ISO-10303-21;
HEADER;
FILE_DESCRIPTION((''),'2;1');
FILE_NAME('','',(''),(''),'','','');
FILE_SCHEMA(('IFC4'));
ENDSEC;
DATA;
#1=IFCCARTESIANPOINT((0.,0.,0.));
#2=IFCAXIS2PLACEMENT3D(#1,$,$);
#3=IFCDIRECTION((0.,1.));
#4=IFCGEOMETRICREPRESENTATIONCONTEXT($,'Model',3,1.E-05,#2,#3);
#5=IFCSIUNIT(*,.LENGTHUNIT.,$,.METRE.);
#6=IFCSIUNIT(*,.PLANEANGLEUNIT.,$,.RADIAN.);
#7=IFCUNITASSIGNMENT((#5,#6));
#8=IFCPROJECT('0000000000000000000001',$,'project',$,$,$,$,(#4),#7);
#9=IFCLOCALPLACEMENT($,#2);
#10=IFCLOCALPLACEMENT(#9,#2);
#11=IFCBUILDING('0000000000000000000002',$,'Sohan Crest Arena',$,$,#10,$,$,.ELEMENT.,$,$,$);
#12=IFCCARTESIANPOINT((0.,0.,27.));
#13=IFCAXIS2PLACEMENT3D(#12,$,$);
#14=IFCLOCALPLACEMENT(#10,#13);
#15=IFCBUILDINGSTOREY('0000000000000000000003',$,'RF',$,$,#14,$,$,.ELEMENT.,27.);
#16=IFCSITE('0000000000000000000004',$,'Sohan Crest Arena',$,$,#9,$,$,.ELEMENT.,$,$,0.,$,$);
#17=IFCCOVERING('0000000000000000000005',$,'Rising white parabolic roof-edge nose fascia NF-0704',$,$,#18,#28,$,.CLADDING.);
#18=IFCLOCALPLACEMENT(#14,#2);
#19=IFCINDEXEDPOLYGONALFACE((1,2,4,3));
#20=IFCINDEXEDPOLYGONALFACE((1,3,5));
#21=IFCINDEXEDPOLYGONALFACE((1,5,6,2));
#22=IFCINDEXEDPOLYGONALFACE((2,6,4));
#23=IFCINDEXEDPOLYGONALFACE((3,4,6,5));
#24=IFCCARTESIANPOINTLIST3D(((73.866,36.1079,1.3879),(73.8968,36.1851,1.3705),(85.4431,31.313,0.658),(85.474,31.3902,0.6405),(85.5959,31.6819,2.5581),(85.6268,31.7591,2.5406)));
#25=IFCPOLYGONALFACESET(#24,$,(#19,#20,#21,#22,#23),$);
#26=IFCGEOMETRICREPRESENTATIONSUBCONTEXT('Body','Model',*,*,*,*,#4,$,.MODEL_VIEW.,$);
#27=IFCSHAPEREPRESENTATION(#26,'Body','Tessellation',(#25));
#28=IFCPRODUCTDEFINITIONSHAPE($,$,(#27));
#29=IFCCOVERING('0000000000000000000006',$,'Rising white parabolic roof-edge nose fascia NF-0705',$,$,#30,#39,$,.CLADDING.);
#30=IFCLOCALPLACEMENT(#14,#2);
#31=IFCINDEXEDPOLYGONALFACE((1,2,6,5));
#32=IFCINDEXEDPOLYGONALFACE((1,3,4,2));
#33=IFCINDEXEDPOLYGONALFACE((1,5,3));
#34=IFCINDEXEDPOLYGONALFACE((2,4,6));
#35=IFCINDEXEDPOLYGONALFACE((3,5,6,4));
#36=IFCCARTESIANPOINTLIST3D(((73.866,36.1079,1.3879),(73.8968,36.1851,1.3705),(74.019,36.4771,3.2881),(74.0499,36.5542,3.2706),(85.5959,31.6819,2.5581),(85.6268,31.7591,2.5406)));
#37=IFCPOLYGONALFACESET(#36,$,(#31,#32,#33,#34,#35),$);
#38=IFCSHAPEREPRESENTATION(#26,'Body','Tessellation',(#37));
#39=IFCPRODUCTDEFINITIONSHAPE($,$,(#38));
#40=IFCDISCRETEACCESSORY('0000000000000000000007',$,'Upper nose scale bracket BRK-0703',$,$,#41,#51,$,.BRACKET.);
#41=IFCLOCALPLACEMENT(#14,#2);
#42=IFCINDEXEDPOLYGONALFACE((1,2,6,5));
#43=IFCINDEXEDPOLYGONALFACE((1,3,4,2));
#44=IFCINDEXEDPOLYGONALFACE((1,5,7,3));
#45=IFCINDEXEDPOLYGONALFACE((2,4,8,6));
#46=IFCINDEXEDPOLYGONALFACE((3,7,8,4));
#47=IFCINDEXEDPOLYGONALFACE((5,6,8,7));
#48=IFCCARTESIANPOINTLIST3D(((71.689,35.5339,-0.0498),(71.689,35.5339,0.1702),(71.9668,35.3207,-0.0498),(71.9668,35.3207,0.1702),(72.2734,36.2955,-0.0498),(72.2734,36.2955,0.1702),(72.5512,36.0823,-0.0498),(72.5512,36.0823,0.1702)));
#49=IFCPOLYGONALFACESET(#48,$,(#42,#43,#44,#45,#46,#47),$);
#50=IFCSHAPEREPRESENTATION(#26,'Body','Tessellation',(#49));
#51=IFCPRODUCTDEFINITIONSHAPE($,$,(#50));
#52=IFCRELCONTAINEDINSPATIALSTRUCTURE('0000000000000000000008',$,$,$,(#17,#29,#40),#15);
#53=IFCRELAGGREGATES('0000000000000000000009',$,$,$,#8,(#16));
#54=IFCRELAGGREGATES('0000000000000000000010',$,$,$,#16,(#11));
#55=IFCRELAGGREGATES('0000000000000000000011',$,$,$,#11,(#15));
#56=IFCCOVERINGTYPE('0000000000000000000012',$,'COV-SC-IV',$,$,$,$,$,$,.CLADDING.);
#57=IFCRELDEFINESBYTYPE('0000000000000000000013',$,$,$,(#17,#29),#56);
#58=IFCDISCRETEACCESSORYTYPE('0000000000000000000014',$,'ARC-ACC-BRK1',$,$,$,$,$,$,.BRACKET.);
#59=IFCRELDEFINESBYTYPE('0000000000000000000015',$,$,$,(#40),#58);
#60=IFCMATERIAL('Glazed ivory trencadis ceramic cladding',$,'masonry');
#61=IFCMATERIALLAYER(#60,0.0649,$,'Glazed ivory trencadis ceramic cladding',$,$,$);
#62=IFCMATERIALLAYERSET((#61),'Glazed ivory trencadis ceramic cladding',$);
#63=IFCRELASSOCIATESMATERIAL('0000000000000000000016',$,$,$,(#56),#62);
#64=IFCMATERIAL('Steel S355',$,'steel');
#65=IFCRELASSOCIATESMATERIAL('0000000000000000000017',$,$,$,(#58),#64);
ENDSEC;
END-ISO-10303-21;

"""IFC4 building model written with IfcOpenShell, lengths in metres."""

from ifc_helpers import new_model, si_unit, direction, frame, origin, origin_2d, place, context, subcontext, project, spatial, polyline, rectangle, outline, extrude, material, layer, layer_set, type_object, element, save


model = new_model("IFC4")

# Units and contexts
model_context = context("Model", 3, precision=1e-05, world=origin(), true_north=direction((0.0, 1.0)))
body_context = subcontext(model_context, "Body", "Model", "MODEL_VIEW")
ifc_project = project(units=[si_unit("LENGTHUNIT", "METRE"), si_unit("PLANEANGLEUNIT", "RADIAN")], contexts=[model_context])

# Site, building, storey
site_placement = place(None, origin())
site = spatial("IfcSite", under=ifc_project, at=site_placement, Name="Sohan Crest Arena", CompositionType="ELEMENT", RefElevation=0.0)
building_placement = place(site_placement, origin())
building = spatial("IfcBuilding", under=site, at=building_placement, Name="Sohan Crest Arena", CompositionType="ELEMENT")
storey_placement = place(building_placement, frame((0.0, 0.0, 27.0)))
storey = spatial("IfcBuildingStorey", under=building, at=storey_placement, Name="RF", CompositionType="ELEMENT", Elevation=27.0)

# Shared definitions
ifc_material_1 = material(Name="Steel S355", Category="steel")

# Coverings
ifc_material_2 = material(Name="Glazed ivory trencadis ceramic cladding", Category="masonry")
ifc_layer_1 = layer(ifc_material_2, 0.0649, Name="Glazed ivory trencadis ceramic cladding")
ifc_layer_set_1 = layer_set([ifc_layer_1], Name="Glazed ivory trencadis ceramic cladding")
covering_type = type_object("IfcCoveringType", Name="COV-SC-IV", PredefinedType="CLADDING", material=ifc_layer_set_1)
covering_1_placement = place(storey_placement, frame((73.866, 36.1079, 1.3879), z_axis=(-0.363377, -0.908665, 0.205636), x_axis=(0.92233, -0.382002, -0.058156)))
element("IfcCovering", 1, at=covering_1_placement, inside=storey, type_object=covering_type, Name="Rising white parabolic roof-edge nose fascia NF-0704", PredefinedType="CLADDING", context=body_context, shape_type="SweptSolid", body=[
    extrude(outline(polyline([(0.0, 0.0), (12.5521, 0.0), (12.4416, 1.9385), (0.0, 0.0)])), origin(), (0.0, 0.0, -1.0), 0.085),
])
covering_2_placement = place(storey_placement, frame((73.866, 36.1079, 1.3879), z_axis=(-0.363379, -0.908628, 0.205793), x_axis=(0.931563, -0.351503, 0.092931)))
element("IfcCovering", 2, at=covering_2_placement, inside=storey, type_object=covering_type, Name="Rising white parabolic roof-edge nose fascia NF-0705", PredefinedType="CLADDING", context=body_context, shape_type="SweptSolid", body=[
    extrude(outline(polyline([(0.0, 0.0), (12.5917, 0.0), (0.1894, 1.9325), (0.0, 0.0)])), origin(), (0.0, 0.0, -1.0), 0.085),
])

# Discrete accessory
discrete_accessory_type = type_object("IfcDiscreteAccessoryType", Name="ARC-ACC-BRK1", PredefinedType="BRACKET", material=ifc_material_1)
discrete_accessory_placement = place(storey_placement, frame((72.1201, 35.8081, -0.0498), z_axis=(0.0, 0.0, 1.0), x_axis=(0.793353, -0.608761, 0.0)))
element("IfcDiscreteAccessory", 3, at=discrete_accessory_placement, inside=storey, type_object=discrete_accessory_type, Name="Upper nose scale bracket BRK-0703", PredefinedType="BRACKET", context=body_context, shape_type="SweptSolid", body=[
    extrude(rectangle(XDim=0.3501, YDim=0.96, at=origin_2d()), origin(), (0.0, 0.0, 1.0), 0.22),
])

save(model, "model.ifc")
